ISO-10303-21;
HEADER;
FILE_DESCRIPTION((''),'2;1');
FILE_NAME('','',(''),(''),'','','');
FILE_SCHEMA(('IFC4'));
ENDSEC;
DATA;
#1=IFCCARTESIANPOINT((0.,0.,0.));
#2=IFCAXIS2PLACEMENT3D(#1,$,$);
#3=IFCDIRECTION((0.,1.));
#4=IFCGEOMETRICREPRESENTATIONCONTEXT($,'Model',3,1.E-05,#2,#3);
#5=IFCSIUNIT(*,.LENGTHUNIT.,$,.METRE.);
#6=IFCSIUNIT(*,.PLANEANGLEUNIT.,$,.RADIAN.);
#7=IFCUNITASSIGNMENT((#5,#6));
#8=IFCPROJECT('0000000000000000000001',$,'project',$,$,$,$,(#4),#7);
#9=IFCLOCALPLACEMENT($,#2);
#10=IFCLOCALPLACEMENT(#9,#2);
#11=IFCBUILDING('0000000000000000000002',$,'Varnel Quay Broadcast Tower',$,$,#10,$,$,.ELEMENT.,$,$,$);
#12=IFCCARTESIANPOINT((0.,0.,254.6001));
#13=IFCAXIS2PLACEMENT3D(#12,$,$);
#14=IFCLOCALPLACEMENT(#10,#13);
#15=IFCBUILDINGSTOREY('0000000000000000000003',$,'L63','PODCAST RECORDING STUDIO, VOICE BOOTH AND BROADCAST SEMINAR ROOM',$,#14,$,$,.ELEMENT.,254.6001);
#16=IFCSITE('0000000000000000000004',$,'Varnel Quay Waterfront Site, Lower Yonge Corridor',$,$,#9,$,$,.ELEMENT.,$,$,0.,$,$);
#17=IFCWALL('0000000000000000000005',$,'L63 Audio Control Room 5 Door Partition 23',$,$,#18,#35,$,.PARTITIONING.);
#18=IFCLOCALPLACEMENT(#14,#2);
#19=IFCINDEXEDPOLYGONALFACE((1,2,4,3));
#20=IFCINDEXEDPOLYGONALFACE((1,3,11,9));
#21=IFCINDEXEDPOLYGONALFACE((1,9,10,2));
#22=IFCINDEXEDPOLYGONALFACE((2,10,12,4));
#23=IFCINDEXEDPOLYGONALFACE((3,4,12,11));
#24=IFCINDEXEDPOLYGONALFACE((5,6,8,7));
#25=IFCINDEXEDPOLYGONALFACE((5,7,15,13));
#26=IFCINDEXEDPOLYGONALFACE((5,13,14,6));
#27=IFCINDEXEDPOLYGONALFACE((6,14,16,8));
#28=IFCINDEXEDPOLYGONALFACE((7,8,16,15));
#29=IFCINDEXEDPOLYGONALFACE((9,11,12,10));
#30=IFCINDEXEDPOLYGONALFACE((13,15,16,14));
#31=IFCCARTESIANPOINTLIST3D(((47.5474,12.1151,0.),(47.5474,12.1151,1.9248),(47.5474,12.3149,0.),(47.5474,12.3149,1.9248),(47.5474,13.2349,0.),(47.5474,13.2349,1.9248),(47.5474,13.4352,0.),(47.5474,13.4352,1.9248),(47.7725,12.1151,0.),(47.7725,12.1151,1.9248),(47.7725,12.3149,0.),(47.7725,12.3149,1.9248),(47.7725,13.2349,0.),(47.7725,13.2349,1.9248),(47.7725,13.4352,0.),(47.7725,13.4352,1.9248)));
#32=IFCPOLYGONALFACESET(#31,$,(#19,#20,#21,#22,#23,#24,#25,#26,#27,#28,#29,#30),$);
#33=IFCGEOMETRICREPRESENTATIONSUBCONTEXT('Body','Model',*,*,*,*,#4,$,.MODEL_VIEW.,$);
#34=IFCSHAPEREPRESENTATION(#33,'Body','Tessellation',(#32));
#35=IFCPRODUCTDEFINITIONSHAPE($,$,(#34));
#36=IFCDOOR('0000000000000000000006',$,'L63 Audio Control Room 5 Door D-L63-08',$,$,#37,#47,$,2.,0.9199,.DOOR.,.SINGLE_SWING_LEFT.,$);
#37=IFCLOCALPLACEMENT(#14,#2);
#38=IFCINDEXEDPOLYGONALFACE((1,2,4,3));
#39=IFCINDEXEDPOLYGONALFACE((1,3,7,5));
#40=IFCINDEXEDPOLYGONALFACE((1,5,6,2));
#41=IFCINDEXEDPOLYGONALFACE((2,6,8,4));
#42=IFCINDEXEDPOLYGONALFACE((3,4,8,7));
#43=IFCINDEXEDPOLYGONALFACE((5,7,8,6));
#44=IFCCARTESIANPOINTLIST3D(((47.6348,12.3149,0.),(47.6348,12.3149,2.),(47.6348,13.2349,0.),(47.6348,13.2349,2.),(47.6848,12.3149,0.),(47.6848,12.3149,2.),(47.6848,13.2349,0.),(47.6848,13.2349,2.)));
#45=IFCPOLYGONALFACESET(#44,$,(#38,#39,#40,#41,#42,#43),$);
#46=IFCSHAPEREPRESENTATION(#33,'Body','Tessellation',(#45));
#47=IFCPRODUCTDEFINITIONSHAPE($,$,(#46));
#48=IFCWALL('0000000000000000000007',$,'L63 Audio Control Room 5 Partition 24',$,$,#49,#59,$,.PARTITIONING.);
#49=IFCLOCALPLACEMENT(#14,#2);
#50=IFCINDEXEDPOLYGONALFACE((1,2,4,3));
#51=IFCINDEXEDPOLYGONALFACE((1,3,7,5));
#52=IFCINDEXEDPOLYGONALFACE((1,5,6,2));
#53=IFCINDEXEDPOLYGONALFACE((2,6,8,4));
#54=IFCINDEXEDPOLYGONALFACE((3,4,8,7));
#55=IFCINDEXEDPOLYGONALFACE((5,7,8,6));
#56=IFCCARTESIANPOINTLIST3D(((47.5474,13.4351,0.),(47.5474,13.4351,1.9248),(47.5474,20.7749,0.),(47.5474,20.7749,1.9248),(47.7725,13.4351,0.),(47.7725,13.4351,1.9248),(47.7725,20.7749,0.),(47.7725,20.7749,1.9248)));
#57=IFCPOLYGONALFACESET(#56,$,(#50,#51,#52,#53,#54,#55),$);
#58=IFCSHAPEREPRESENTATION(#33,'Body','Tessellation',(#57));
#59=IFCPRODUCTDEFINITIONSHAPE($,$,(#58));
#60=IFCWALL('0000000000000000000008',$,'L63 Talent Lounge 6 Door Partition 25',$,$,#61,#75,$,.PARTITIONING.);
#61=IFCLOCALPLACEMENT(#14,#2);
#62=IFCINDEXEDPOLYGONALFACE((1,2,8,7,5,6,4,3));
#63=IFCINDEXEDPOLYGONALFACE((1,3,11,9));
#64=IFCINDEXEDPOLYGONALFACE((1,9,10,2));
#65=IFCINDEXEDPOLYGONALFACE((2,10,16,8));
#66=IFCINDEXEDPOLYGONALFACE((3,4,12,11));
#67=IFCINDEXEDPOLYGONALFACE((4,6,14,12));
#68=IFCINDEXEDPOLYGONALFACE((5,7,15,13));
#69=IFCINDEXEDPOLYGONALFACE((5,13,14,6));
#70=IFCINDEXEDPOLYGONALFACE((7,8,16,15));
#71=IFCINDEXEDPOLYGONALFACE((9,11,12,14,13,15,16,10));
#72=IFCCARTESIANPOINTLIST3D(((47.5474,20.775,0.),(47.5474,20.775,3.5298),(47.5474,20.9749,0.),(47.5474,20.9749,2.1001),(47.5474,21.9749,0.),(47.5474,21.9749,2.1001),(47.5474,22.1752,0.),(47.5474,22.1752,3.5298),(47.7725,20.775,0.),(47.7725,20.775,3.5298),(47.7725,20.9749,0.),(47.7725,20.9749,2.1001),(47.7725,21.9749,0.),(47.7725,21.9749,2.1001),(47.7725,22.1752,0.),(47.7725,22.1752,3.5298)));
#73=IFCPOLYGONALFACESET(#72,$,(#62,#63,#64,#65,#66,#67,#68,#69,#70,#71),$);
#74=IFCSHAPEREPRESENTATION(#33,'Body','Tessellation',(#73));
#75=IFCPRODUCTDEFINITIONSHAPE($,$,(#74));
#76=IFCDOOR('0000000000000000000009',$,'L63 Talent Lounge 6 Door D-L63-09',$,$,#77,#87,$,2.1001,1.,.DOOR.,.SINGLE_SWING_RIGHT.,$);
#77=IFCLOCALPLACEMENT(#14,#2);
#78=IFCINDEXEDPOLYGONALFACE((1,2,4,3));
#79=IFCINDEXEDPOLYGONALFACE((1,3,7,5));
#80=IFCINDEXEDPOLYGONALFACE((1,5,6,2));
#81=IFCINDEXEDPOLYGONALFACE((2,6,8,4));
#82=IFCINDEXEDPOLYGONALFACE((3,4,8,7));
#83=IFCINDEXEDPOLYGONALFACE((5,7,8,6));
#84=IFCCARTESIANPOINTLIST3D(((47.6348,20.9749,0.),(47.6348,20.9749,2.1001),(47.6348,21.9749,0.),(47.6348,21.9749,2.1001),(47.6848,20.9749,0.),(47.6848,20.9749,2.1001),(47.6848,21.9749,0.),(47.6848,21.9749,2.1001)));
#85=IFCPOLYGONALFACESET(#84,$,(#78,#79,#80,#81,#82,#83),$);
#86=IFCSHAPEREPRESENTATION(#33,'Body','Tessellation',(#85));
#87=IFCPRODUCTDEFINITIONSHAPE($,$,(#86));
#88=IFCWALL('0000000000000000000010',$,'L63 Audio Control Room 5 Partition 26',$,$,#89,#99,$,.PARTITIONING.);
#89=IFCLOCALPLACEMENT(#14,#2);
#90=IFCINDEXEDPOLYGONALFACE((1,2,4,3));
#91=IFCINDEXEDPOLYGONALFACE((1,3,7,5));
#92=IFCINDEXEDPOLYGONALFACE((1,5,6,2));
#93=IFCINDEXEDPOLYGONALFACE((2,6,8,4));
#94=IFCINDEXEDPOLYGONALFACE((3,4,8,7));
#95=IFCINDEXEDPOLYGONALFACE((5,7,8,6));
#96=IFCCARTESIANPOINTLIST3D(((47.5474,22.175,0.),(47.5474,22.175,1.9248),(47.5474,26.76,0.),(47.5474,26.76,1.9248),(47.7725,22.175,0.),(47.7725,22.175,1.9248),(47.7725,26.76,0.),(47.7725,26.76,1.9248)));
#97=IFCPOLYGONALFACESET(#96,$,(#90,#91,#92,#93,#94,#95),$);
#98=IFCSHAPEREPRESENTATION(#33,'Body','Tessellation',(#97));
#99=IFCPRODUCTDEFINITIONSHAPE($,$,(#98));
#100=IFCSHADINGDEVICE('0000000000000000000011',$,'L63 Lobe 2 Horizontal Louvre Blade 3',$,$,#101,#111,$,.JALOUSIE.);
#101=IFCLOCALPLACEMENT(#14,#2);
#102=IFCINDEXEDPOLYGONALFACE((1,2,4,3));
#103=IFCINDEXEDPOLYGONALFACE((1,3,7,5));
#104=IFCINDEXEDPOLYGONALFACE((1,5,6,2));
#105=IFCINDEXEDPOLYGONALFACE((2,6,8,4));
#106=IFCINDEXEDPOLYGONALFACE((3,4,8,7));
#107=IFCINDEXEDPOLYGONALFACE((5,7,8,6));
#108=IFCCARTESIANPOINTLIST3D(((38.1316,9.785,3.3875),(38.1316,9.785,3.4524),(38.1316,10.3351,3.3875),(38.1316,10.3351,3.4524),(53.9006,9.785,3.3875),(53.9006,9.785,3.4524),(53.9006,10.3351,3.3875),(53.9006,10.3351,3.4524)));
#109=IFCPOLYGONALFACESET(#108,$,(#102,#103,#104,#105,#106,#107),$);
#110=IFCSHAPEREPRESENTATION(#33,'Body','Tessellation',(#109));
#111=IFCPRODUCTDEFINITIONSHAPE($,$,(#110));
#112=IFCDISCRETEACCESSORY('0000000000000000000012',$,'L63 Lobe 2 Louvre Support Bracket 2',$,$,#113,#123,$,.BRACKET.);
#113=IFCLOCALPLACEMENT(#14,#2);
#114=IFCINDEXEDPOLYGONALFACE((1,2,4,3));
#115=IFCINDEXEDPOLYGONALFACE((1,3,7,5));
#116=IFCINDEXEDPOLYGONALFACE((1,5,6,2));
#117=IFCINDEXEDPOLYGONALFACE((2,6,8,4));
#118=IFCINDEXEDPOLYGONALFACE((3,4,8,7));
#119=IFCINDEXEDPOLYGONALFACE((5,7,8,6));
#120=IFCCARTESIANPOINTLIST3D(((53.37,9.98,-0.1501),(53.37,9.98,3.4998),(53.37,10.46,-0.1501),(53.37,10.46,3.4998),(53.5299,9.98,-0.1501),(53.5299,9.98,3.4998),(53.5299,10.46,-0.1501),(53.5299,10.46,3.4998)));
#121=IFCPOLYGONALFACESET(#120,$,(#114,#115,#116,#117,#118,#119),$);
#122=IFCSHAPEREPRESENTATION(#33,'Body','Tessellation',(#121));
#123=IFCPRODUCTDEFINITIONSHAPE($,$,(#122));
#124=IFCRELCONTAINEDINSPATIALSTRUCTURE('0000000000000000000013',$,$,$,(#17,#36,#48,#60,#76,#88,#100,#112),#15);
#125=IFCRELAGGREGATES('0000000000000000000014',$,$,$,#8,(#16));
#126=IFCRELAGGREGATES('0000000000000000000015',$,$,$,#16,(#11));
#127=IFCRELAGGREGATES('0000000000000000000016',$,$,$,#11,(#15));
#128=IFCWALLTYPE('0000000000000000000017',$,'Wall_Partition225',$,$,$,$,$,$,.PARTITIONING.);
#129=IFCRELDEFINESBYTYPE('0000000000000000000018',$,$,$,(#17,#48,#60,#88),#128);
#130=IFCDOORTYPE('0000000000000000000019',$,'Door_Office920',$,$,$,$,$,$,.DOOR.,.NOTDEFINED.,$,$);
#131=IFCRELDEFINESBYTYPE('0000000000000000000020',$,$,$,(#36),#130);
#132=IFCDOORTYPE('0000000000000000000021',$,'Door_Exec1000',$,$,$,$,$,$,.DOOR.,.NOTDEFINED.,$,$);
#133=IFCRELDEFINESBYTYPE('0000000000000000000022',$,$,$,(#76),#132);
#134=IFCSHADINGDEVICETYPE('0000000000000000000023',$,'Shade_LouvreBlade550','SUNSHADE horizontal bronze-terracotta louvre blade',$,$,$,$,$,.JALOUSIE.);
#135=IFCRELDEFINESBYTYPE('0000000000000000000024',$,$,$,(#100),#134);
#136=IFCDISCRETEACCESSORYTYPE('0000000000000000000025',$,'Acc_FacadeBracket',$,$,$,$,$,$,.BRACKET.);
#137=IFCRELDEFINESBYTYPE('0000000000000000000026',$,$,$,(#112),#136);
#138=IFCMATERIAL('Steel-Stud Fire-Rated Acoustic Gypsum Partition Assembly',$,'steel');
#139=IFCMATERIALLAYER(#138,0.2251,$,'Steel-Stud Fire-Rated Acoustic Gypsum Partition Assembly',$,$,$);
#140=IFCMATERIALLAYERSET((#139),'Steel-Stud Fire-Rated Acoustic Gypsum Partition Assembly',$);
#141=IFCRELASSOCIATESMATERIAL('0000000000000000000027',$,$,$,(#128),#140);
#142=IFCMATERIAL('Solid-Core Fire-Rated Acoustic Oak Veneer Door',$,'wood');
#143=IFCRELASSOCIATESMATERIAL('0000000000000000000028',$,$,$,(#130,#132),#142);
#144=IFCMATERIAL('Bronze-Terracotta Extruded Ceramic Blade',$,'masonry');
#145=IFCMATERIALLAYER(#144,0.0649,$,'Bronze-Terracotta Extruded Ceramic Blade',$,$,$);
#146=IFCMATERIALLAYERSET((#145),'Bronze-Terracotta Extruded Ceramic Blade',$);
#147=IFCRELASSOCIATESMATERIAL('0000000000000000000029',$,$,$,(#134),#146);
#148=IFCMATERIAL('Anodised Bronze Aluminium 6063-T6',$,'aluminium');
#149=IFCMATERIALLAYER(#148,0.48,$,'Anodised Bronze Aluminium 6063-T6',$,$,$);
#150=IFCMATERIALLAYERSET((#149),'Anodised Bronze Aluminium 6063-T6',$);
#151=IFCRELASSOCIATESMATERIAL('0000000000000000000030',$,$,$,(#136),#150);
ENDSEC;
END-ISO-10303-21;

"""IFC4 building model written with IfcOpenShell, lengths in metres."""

from ifc_helpers import new_model, si_unit, direction, frame, frame_2d, origin, origin_2d, place, context, subcontext, project, spatial, rectangle, extrude, source, transform, mapped, material, layer, layer_set, type_object, type_shapes, element, fill, save


model = new_model("IFC4")

# Units and contexts
model_context = context("Model", 3, precision=1e-05, world=origin(), true_north=direction((0.0, 1.0)))
body_context = subcontext(model_context, "Body", "Model", "MODEL_VIEW")
ifc_project = project(units=[si_unit("LENGTHUNIT", "METRE"), si_unit("PLANEANGLEUNIT", "RADIAN")], contexts=[model_context])

# Site, building, storey
site_placement = place(None, origin())
site = spatial("IfcSite", under=ifc_project, at=site_placement, Name="Varnel Quay Waterfront Site, Lower Yonge Corridor", CompositionType="ELEMENT", RefElevation=0.0)
building_placement = place(site_placement, origin())
building = spatial("IfcBuilding", under=site, at=building_placement, Name="Varnel Quay Broadcast Tower", CompositionType="ELEMENT")
storey_placement = place(building_placement, frame((0.0, 0.0, 254.6001)))
storey = spatial("IfcBuildingStorey", under=building, at=storey_placement, Name="L63", Description="PODCAST RECORDING STUDIO, VOICE BOOTH AND BROADCAST SEMINAR ROOM", CompositionType="ELEMENT", Elevation=254.6001)

# Shared definitions
ifc_material_1 = material(Name="Anodised Bronze Aluminium 6063-T6", Category="aluminium")

# Shared definitions
ifc_material_2 = material(Name="Steel-Stud Fire-Rated Acoustic Gypsum Partition Assembly", Category="steel")
ifc_layer_1 = layer(ifc_material_2, 0.2251, Name="Steel-Stud Fire-Rated Acoustic Gypsum Partition Assembly")
ifc_layer_set_1 = layer_set([ifc_layer_1], Name="Steel-Stud Fire-Rated Acoustic Gypsum Partition Assembly")
wall_type_1 = type_object("IfcWallType", Name="Wall_Partition225", PredefinedType="PARTITIONING", material=ifc_layer_set_1)

# Wall, opening, door
wall_1_placement = place(storey_placement, frame((47.6599, 12.115, 0.0), z_axis=(0.0, 0.0, 1.0), x_axis=(0.0, 1.0, 0.0)))
wall_1 = element("IfcWall", 1, at=wall_1_placement, inside=storey, type_object=wall_type_1, Name="L63 Audio Control Room 5 Door Partition 23", PredefinedType="PARTITIONING", context=body_context, shape_type="SweptSolid", body=[
    extrude(rectangle(XDim=1.3201, YDim=0.2251, at=frame_2d((0.6602, 0.0))), origin(), (0.0, 0.0, 1.0), 1.9248),
])
opening_1_placement = place(wall_1_placement, frame((0.2, 0.0, 0.0)))
opening_1 = element("IfcOpeningElement", 2, at=opening_1_placement, cuts=wall_1, PredefinedType="OPENING", context=body_context, shape_type="SweptSolid", body=[
    extrude(rectangle(XDim=0.9199, YDim=2.0, at=frame_2d((0.46, 1.0))), frame((0.0, 0.1226, 0.0), z_axis=(0.0, -1.0, 0.0), x_axis=(1.0, 0.0, 0.0)), (0.0, 0.0, 1.0), 0.2451),
])
ifc_material_3 = material(Name="Solid-Core Fire-Rated Acoustic Oak Veneer Door", Category="wood")
door_type_1 = type_object("IfcDoorType", Name="Door_Office920", OperationType="NOTDEFINED", PredefinedType="DOOR", material=ifc_material_3)
shared_shape_1 = source(origin(), body_context, "Body", "SweptSolid", [
    extrude(rectangle(XDim=0.9199, YDim=2.0, at=frame_2d((0.46, 1.0))), frame((0.0, 0.0249, 0.0), z_axis=(0.0, -1.0, 0.0), x_axis=(1.0, 0.0, 0.0)), (0.0, 0.0, 1.0), 0.05),
])
type_shapes(door_type_1, [shared_shape_1])
door_1_placement = place(opening_1_placement, frame((0.9199, 0.0, 0.0), z_axis=(0.0, 0.0, 1.0), x_axis=(-1.0, 0.0, 0.0)))
door_1 = element("IfcDoor", 3, at=door_1_placement, inside=storey, type_object=door_type_1, Name="L63 Audio Control Room 5 Door D-L63-08", OperationType="SINGLE_SWING_LEFT", OverallHeight=2.0, OverallWidth=0.9199, PredefinedType="DOOR", context=body_context, shape_type="MappedRepresentation", body=[
    mapped(shared_shape_1, transform((0.0, 0.0, 0.0), x_axis=(1.0, 0.0, 0.0), y_axis=(0.0, 1.0, 0.0), z_axis=(0.0, 0.0, 1.0), scale=1.0)),
])
fill(opening_1, door_1)

# Wall
wall_2_placement = place(storey_placement, frame((47.6599, 13.4351, 0.0), z_axis=(0.0, 0.0, 1.0), x_axis=(0.0, 1.0, 0.0)))
element("IfcWall", 4, at=wall_2_placement, inside=storey, type_object=wall_type_1, Name="L63 Audio Control Room 5 Partition 24", PredefinedType="PARTITIONING", context=body_context, shape_type="SweptSolid", body=[
    extrude(rectangle(XDim=7.3398, YDim=0.2251, at=frame_2d((3.6699, 0.0))), origin(), (0.0, 0.0, 1.0), 1.9248),
])

# Wall, opening, door
wall_3_placement = place(storey_placement, frame((47.6599, 20.7749, 0.0), z_axis=(0.0, 0.0, 1.0), x_axis=(0.0, 1.0, 0.0)))
wall_3 = element("IfcWall", 5, at=wall_3_placement, inside=storey, type_object=wall_type_1, Name="L63 Talent Lounge 6 Door Partition 25", PredefinedType="PARTITIONING", context=body_context, shape_type="SweptSolid", body=[
    extrude(rectangle(XDim=1.4001, YDim=0.2251, at=frame_2d((0.7002, 0.0))), origin(), (0.0, 0.0, 1.0), 3.5298),
])
opening_2_placement = place(wall_3_placement, frame((0.2, 0.0, 0.0)))
opening_2 = element("IfcOpeningElement", 6, at=opening_2_placement, cuts=wall_3, PredefinedType="OPENING", context=body_context, shape_type="SweptSolid", body=[
    extrude(rectangle(XDim=1.0, YDim=2.1001, at=frame_2d((0.5, 1.05))), frame((0.0, 0.1226, 0.0), z_axis=(0.0, -1.0, 0.0), x_axis=(1.0, 0.0, 0.0)), (0.0, 0.0, 1.0), 0.2451),
])
door_type_2 = type_object("IfcDoorType", Name="Door_Exec1000", OperationType="NOTDEFINED", PredefinedType="DOOR", material=ifc_material_3)
shared_shape_2 = source(origin(), body_context, "Body", "SweptSolid", [
    extrude(rectangle(XDim=1.0, YDim=2.1001, at=frame_2d((0.5, 1.05))), frame((0.0, 0.0249, 0.0), z_axis=(0.0, -1.0, 0.0), x_axis=(1.0, 0.0, 0.0)), (0.0, 0.0, 1.0), 0.05),
])
type_shapes(door_type_2, [shared_shape_2])
door_2_placement = place(opening_2_placement, frame((1.0, 0.0, 0.0), z_axis=(0.0, 0.0, 1.0), x_axis=(-1.0, 0.0, 0.0)))
door_2 = element("IfcDoor", 7, at=door_2_placement, inside=storey, type_object=door_type_2, Name="L63 Talent Lounge 6 Door D-L63-09", OperationType="SINGLE_SWING_RIGHT", OverallHeight=2.1001, OverallWidth=1.0, PredefinedType="DOOR", context=body_context, shape_type="MappedRepresentation", body=[
    mapped(shared_shape_2, transform((0.0, 0.0, 0.0), x_axis=(1.0, 0.0, 0.0), y_axis=(0.0, 1.0, 0.0), z_axis=(0.0, 0.0, 1.0), scale=1.0)),
])
fill(opening_2, door_2)

# Wall
wall_4_placement = place(storey_placement, frame((47.6599, 22.175, 0.0), z_axis=(0.0, 0.0, 1.0), x_axis=(0.0, 1.0, 0.0)))
element("IfcWall", 8, at=wall_4_placement, inside=storey, type_object=wall_type_1, Name="L63 Audio Control Room 5 Partition 26", PredefinedType="PARTITIONING", context=body_context, shape_type="SweptSolid", body=[
    extrude(rectangle(XDim=4.585, YDim=0.2251, at=frame_2d((2.2925, 0.0))), origin(), (0.0, 0.0, 1.0), 1.9248),
])

# Shading device
ifc_material_4 = material(Name="Bronze-Terracotta Extruded Ceramic Blade", Category="masonry")
ifc_layer_2 = layer(ifc_material_4, 0.0649, Name="Bronze-Terracotta Extruded Ceramic Blade")
ifc_layer_set_2 = layer_set([ifc_layer_2], Name="Bronze-Terracotta Extruded Ceramic Blade")
shading_device_type = type_object("IfcShadingDeviceType", Name="Shade_LouvreBlade550", Description="SUNSHADE horizontal bronze-terracotta louvre blade", PredefinedType="JALOUSIE", material=ifc_layer_set_2)
shared_shape_3 = source(origin(), body_context, "Body", "SweptSolid", [
    extrude(rectangle(XDim=15.769, YDim=0.55, at=origin_2d()), origin(), (0.0, 0.0, 1.0), 0.0649),
])
type_shapes(shading_device_type, [shared_shape_3])
shading_device_placement = place(storey_placement, frame((46.0161, 10.0601, 3.3875), z_axis=(0.0, 0.0, 1.0), x_axis=(1.0, 0.0, 0.0)))
element("IfcShadingDevice", 9, at=shading_device_placement, inside=storey, type_object=shading_device_type, Name="L63 Lobe 2 Horizontal Louvre Blade 3", PredefinedType="JALOUSIE", context=body_context, shape_type="MappedRepresentation", body=[
    mapped(shared_shape_3, transform((0.0, 0.0, 0.0), x_axis=(1.0, 0.0, 0.0), y_axis=(0.0, 1.0, 0.0), z_axis=(0.0, 0.0, 1.0), scale=1.0)),
])

# Discrete accessory
ifc_layer_3 = layer(ifc_material_1, 0.48, Name="Anodised Bronze Aluminium 6063-T6")
ifc_layer_set_3 = layer_set([ifc_layer_3], Name="Anodised Bronze Aluminium 6063-T6")
discrete_accessory_type = type_object("IfcDiscreteAccessoryType", Name="Acc_FacadeBracket", PredefinedType="BRACKET", material=ifc_layer_set_3)
shared_shape_4 = source(origin(), body_context, "Body", "SweptSolid", [
    extrude(rectangle(XDim=0.1599, YDim=0.48, at=origin_2d()), origin(), (0.0, 0.0, 1.0), 3.6499),
])
type_shapes(discrete_accessory_type, [shared_shape_4])
discrete_accessory_placement = place(storey_placement, frame((53.45, 10.22, -0.1501), z_axis=(0.0, 0.0, 1.0), x_axis=(1.0, 0.0, 0.0)))
element("IfcDiscreteAccessory", 10, at=discrete_accessory_placement, inside=storey, type_object=discrete_accessory_type, Name="L63 Lobe 2 Louvre Support Bracket 2", PredefinedType="BRACKET", context=body_context, shape_type="MappedRepresentation", body=[
    mapped(shared_shape_4, transform((0.0, 0.0, 0.0), x_axis=(1.0, 0.0, 0.0), y_axis=(0.0, 1.0, 0.0), z_axis=(0.0, 0.0, 1.0), scale=1.0)),
])

save(model, "model.ifc")
